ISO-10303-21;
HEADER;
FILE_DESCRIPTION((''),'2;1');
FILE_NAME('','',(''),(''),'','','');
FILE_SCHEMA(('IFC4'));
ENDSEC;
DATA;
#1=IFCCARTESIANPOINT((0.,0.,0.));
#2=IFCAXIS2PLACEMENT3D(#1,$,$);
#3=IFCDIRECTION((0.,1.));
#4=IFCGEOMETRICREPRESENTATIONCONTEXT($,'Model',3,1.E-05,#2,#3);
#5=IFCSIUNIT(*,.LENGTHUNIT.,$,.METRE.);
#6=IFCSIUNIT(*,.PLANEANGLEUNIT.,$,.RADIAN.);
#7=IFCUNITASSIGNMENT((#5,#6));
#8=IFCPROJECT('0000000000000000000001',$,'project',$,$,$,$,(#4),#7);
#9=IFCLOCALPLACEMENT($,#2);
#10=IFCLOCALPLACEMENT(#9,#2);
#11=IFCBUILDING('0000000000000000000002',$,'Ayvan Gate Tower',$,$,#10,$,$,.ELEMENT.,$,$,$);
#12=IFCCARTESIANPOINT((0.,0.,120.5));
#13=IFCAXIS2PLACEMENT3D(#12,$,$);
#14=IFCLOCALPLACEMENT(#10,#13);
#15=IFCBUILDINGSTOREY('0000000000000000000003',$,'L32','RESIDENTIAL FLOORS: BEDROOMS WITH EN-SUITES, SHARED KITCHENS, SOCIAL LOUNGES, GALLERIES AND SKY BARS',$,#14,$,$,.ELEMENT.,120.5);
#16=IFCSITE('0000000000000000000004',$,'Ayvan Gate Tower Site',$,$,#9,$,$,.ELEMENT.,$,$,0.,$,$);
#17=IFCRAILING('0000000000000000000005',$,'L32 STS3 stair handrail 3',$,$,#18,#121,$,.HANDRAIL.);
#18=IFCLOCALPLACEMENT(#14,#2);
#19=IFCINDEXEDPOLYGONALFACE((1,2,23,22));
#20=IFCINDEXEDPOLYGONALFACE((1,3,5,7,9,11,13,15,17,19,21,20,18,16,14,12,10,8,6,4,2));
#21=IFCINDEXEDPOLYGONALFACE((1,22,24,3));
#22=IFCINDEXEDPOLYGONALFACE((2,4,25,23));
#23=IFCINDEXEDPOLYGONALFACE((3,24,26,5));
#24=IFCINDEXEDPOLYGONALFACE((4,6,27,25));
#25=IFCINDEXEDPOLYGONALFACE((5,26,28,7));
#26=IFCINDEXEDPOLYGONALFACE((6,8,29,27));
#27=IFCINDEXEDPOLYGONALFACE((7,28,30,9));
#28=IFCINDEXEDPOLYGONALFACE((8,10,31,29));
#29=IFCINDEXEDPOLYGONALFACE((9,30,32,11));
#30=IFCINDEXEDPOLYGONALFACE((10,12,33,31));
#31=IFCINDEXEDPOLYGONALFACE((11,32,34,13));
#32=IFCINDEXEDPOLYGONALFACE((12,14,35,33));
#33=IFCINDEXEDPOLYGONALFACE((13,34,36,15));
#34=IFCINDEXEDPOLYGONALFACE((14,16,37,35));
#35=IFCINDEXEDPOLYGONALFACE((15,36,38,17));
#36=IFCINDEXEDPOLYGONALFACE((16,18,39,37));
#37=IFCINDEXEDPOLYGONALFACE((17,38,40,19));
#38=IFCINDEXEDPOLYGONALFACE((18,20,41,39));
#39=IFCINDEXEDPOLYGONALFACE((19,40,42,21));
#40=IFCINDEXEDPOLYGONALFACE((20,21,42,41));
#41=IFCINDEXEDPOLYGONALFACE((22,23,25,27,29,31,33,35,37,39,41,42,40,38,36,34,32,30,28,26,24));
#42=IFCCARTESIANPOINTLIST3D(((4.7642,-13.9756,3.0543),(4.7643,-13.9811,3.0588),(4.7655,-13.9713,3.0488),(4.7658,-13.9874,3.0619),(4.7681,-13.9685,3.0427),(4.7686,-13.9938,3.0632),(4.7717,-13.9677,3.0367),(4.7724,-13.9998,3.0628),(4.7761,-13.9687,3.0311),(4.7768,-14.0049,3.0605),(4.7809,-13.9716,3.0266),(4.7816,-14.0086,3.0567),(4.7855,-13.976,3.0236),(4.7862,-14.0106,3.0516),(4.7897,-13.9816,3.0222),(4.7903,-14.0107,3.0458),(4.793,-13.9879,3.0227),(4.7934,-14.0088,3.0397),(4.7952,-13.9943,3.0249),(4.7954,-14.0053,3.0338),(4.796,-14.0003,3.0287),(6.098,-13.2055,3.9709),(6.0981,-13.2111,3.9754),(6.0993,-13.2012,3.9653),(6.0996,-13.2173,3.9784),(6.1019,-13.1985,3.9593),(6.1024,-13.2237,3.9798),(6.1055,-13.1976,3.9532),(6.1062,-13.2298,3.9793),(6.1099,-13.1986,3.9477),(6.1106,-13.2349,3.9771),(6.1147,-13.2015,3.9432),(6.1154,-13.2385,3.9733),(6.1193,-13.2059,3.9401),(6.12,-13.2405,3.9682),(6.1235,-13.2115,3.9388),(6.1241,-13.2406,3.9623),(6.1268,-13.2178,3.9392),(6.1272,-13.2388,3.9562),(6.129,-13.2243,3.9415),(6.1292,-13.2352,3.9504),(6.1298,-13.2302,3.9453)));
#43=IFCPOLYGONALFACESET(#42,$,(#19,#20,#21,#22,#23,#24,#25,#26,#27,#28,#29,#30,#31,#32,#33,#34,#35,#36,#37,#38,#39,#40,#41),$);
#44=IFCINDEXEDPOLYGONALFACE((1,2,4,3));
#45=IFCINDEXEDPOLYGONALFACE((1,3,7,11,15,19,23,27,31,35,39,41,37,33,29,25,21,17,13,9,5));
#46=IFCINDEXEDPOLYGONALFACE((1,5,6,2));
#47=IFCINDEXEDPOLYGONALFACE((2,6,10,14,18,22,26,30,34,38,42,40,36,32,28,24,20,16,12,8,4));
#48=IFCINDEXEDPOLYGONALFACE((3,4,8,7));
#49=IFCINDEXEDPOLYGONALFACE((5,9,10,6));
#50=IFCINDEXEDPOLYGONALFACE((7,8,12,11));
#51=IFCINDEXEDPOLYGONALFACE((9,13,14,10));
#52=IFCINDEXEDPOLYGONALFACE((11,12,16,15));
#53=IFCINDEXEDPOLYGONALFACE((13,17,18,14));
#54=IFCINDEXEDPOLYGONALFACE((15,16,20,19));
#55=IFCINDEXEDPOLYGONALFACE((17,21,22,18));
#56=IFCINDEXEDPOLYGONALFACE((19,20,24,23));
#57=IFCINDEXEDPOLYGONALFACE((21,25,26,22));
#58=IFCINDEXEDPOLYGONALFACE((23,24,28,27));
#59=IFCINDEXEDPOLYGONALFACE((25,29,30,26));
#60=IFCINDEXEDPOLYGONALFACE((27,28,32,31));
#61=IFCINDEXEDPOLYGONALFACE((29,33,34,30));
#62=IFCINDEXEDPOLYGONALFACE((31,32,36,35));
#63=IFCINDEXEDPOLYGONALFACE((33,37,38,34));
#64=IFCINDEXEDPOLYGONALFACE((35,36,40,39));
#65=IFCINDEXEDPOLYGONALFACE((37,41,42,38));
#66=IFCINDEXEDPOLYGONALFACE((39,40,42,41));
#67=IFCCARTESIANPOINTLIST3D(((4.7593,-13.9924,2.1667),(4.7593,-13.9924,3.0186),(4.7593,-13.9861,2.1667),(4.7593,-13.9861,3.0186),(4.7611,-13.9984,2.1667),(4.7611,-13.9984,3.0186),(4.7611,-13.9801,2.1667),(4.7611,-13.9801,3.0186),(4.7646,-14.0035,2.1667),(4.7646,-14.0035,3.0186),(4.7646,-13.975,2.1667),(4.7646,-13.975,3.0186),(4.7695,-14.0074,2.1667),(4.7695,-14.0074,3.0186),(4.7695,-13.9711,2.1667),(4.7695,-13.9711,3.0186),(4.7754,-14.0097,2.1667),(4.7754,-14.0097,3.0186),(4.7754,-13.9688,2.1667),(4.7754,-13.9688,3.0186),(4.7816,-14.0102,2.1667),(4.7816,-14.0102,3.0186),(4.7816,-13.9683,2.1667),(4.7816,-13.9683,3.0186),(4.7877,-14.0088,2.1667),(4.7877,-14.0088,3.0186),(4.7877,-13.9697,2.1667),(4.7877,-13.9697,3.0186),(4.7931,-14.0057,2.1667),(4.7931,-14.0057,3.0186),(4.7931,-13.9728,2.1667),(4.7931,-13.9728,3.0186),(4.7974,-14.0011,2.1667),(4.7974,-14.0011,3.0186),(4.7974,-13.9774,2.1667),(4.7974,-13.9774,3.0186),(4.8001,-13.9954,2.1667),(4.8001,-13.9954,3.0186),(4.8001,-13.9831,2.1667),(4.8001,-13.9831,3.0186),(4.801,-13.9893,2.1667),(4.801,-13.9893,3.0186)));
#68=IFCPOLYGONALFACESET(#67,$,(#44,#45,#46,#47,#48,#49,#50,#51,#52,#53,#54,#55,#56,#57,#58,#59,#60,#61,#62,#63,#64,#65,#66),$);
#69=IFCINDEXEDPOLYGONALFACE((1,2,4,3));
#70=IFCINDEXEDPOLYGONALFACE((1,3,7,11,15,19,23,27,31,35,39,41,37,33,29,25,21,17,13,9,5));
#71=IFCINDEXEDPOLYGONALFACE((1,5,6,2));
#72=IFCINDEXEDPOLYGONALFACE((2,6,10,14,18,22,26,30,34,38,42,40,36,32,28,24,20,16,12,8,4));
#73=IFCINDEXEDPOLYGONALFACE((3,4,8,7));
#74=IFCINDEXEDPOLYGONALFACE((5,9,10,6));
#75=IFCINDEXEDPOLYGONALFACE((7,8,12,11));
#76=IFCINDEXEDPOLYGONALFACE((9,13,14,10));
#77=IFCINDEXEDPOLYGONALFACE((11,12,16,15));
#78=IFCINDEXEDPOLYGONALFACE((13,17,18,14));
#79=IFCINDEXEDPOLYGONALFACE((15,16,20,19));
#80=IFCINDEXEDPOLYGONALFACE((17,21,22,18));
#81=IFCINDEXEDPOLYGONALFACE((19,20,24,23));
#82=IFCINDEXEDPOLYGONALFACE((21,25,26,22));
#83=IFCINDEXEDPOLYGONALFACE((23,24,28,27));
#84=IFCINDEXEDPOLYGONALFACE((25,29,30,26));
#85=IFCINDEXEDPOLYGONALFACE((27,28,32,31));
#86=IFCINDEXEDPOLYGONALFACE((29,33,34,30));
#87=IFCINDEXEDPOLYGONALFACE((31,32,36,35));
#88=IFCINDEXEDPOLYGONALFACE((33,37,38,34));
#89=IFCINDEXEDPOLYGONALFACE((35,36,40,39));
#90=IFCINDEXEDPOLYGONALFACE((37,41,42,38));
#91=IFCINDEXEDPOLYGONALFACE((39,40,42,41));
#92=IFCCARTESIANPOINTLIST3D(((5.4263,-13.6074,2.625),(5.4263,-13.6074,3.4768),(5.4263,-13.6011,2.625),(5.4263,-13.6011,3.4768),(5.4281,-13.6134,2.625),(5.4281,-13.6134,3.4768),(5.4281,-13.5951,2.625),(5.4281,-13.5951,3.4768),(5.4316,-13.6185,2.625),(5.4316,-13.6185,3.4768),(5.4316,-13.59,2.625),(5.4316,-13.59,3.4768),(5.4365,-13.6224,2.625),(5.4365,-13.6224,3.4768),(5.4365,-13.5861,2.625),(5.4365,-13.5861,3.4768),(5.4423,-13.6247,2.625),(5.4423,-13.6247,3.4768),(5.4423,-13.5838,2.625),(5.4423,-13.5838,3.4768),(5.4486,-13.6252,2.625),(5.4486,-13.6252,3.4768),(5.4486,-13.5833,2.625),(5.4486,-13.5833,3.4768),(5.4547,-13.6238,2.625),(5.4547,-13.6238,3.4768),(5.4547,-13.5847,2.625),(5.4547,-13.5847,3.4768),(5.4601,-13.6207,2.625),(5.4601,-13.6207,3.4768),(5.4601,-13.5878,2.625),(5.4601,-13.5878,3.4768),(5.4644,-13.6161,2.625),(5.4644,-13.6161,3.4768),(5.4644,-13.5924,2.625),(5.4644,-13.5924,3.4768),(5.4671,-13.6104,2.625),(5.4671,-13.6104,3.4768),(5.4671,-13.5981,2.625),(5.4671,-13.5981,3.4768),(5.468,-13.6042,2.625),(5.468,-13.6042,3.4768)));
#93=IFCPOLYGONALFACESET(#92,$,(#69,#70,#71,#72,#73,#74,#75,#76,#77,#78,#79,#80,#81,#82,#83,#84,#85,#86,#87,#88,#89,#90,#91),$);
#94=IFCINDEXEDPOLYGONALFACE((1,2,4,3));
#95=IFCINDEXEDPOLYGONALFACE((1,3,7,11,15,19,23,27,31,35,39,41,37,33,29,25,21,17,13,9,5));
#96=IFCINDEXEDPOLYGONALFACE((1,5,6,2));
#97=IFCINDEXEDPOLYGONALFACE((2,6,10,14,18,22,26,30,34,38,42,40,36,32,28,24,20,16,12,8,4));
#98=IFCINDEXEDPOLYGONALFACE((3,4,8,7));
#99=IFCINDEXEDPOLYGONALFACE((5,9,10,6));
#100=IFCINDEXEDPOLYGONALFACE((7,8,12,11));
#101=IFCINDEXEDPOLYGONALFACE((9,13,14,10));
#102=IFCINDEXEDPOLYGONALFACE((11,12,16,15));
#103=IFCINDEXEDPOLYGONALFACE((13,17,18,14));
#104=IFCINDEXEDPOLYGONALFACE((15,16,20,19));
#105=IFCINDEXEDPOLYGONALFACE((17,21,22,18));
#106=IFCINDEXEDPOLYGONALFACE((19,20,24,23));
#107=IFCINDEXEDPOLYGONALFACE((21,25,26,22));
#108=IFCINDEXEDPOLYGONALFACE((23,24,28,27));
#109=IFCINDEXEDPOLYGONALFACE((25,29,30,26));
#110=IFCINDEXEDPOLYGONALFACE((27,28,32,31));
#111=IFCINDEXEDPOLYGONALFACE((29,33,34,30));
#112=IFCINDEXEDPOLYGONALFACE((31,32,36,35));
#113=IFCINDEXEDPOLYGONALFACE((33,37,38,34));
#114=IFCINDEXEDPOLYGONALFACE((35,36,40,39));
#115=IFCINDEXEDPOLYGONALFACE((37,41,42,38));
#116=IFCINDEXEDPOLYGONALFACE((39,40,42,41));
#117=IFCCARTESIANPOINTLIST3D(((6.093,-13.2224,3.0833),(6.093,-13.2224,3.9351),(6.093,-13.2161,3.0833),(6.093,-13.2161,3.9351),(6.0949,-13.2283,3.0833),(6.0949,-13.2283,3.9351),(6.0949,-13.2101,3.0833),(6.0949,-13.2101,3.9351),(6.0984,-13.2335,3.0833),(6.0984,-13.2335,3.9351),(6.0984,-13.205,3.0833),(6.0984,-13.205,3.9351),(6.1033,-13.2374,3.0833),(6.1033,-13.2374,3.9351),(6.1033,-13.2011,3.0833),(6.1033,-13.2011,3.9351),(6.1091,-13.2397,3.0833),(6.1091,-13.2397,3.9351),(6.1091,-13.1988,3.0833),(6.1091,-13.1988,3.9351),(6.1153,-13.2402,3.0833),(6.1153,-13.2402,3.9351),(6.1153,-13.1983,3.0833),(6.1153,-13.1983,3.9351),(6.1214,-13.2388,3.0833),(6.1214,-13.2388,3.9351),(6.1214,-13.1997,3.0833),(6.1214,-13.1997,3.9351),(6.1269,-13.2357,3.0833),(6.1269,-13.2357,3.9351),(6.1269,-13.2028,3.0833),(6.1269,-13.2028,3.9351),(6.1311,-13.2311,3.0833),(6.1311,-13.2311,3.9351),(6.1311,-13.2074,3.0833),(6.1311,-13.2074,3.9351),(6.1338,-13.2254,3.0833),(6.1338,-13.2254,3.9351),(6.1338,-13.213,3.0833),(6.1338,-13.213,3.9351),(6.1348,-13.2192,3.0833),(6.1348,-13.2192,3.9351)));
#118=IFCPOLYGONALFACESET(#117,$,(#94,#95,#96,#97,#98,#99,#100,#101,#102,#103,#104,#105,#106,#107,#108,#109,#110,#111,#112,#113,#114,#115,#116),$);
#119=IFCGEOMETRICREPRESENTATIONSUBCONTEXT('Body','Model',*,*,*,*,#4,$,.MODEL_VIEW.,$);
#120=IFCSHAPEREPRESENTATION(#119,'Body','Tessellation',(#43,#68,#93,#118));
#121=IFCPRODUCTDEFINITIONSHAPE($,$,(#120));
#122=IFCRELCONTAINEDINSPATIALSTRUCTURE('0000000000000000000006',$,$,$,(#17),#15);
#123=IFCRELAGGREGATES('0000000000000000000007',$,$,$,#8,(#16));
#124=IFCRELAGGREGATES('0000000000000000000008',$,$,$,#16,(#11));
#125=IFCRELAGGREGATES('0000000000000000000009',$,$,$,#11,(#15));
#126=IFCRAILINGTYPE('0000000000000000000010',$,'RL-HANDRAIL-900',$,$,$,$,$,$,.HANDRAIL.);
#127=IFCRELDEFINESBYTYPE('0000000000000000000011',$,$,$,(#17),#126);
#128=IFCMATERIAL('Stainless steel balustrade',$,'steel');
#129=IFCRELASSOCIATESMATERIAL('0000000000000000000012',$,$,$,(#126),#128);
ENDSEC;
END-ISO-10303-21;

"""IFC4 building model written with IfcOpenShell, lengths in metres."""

from ifc_helpers import new_model, si_unit, direction, frame, origin, origin_2d, place, context, subcontext, project, spatial, circle, extrude, material, type_object, element, save


model = new_model("IFC4")

# Units and contexts
model_context = context("Model", 3, precision=1e-05, world=origin(), true_north=direction((0.0, 1.0)))
body_context = subcontext(model_context, "Body", "Model", "MODEL_VIEW")
ifc_project = project(units=[si_unit("LENGTHUNIT", "METRE"), si_unit("PLANEANGLEUNIT", "RADIAN")], contexts=[model_context])

# Site, building, storey
site_placement = place(None, origin())
site = spatial("IfcSite", under=ifc_project, at=site_placement, Name="Ayvan Gate Tower Site", CompositionType="ELEMENT", RefElevation=0.0)
building_placement = place(site_placement, origin())
building = spatial("IfcBuilding", under=site, at=building_placement, Name="Ayvan Gate Tower", CompositionType="ELEMENT")
storey_placement = place(building_placement, frame((0.0, 0.0, 120.5)))
storey = spatial("IfcBuildingStorey", under=building, at=storey_placement, Name="L32", Description="RESIDENTIAL FLOORS: BEDROOMS WITH EN-SUITES, SHARED KITCHENS, SOCIAL LOUNGES, GALLERIES AND SKY BARS", CompositionType="ELEMENT", Elevation=120.5)

# Railing
ifc_material_1 = material(Name="Stainless steel balustrade", Category="steel")
railing_type_1 = type_object("IfcRailingType", Name="RL-HANDRAIL-900", PredefinedType="HANDRAIL", material=ifc_material_1)
railing_1_placement = place(storey_placement, frame((4.78, -13.9893, 2.1667)))
element("IfcRailing", 1, at=railing_1_placement, inside=storey, type_object=railing_type_1, Name="L32 STS3 stair handrail 3", PredefinedType="HANDRAIL", context=body_context, shape_type="SweptSolid", body=[
    extrude(circle(Radius=0.0239, at=origin_2d()), frame((0.0, 0.0, 0.876), z_axis=(0.744216, 0.429664, 0.511401), x_axis=(-0.499992, 0.86603, 0.0)), (0.0, 0.0, 1.0), 1.7922),
    extrude(circle(Radius=0.021, at=origin_2d()), origin(), (0.0, 0.0, 1.0), 0.8518),
    extrude(circle(Radius=0.021, at=origin_2d()), frame((0.667, 0.385, 0.4583)), (0.0, 0.0, 1.0), 0.8518),
    extrude(circle(Radius=0.021, at=origin_2d()), frame((1.3337, 0.77, 0.9165)), (0.0, 0.0, 1.0), 0.8518),
])

save(model, "model.ifc")
